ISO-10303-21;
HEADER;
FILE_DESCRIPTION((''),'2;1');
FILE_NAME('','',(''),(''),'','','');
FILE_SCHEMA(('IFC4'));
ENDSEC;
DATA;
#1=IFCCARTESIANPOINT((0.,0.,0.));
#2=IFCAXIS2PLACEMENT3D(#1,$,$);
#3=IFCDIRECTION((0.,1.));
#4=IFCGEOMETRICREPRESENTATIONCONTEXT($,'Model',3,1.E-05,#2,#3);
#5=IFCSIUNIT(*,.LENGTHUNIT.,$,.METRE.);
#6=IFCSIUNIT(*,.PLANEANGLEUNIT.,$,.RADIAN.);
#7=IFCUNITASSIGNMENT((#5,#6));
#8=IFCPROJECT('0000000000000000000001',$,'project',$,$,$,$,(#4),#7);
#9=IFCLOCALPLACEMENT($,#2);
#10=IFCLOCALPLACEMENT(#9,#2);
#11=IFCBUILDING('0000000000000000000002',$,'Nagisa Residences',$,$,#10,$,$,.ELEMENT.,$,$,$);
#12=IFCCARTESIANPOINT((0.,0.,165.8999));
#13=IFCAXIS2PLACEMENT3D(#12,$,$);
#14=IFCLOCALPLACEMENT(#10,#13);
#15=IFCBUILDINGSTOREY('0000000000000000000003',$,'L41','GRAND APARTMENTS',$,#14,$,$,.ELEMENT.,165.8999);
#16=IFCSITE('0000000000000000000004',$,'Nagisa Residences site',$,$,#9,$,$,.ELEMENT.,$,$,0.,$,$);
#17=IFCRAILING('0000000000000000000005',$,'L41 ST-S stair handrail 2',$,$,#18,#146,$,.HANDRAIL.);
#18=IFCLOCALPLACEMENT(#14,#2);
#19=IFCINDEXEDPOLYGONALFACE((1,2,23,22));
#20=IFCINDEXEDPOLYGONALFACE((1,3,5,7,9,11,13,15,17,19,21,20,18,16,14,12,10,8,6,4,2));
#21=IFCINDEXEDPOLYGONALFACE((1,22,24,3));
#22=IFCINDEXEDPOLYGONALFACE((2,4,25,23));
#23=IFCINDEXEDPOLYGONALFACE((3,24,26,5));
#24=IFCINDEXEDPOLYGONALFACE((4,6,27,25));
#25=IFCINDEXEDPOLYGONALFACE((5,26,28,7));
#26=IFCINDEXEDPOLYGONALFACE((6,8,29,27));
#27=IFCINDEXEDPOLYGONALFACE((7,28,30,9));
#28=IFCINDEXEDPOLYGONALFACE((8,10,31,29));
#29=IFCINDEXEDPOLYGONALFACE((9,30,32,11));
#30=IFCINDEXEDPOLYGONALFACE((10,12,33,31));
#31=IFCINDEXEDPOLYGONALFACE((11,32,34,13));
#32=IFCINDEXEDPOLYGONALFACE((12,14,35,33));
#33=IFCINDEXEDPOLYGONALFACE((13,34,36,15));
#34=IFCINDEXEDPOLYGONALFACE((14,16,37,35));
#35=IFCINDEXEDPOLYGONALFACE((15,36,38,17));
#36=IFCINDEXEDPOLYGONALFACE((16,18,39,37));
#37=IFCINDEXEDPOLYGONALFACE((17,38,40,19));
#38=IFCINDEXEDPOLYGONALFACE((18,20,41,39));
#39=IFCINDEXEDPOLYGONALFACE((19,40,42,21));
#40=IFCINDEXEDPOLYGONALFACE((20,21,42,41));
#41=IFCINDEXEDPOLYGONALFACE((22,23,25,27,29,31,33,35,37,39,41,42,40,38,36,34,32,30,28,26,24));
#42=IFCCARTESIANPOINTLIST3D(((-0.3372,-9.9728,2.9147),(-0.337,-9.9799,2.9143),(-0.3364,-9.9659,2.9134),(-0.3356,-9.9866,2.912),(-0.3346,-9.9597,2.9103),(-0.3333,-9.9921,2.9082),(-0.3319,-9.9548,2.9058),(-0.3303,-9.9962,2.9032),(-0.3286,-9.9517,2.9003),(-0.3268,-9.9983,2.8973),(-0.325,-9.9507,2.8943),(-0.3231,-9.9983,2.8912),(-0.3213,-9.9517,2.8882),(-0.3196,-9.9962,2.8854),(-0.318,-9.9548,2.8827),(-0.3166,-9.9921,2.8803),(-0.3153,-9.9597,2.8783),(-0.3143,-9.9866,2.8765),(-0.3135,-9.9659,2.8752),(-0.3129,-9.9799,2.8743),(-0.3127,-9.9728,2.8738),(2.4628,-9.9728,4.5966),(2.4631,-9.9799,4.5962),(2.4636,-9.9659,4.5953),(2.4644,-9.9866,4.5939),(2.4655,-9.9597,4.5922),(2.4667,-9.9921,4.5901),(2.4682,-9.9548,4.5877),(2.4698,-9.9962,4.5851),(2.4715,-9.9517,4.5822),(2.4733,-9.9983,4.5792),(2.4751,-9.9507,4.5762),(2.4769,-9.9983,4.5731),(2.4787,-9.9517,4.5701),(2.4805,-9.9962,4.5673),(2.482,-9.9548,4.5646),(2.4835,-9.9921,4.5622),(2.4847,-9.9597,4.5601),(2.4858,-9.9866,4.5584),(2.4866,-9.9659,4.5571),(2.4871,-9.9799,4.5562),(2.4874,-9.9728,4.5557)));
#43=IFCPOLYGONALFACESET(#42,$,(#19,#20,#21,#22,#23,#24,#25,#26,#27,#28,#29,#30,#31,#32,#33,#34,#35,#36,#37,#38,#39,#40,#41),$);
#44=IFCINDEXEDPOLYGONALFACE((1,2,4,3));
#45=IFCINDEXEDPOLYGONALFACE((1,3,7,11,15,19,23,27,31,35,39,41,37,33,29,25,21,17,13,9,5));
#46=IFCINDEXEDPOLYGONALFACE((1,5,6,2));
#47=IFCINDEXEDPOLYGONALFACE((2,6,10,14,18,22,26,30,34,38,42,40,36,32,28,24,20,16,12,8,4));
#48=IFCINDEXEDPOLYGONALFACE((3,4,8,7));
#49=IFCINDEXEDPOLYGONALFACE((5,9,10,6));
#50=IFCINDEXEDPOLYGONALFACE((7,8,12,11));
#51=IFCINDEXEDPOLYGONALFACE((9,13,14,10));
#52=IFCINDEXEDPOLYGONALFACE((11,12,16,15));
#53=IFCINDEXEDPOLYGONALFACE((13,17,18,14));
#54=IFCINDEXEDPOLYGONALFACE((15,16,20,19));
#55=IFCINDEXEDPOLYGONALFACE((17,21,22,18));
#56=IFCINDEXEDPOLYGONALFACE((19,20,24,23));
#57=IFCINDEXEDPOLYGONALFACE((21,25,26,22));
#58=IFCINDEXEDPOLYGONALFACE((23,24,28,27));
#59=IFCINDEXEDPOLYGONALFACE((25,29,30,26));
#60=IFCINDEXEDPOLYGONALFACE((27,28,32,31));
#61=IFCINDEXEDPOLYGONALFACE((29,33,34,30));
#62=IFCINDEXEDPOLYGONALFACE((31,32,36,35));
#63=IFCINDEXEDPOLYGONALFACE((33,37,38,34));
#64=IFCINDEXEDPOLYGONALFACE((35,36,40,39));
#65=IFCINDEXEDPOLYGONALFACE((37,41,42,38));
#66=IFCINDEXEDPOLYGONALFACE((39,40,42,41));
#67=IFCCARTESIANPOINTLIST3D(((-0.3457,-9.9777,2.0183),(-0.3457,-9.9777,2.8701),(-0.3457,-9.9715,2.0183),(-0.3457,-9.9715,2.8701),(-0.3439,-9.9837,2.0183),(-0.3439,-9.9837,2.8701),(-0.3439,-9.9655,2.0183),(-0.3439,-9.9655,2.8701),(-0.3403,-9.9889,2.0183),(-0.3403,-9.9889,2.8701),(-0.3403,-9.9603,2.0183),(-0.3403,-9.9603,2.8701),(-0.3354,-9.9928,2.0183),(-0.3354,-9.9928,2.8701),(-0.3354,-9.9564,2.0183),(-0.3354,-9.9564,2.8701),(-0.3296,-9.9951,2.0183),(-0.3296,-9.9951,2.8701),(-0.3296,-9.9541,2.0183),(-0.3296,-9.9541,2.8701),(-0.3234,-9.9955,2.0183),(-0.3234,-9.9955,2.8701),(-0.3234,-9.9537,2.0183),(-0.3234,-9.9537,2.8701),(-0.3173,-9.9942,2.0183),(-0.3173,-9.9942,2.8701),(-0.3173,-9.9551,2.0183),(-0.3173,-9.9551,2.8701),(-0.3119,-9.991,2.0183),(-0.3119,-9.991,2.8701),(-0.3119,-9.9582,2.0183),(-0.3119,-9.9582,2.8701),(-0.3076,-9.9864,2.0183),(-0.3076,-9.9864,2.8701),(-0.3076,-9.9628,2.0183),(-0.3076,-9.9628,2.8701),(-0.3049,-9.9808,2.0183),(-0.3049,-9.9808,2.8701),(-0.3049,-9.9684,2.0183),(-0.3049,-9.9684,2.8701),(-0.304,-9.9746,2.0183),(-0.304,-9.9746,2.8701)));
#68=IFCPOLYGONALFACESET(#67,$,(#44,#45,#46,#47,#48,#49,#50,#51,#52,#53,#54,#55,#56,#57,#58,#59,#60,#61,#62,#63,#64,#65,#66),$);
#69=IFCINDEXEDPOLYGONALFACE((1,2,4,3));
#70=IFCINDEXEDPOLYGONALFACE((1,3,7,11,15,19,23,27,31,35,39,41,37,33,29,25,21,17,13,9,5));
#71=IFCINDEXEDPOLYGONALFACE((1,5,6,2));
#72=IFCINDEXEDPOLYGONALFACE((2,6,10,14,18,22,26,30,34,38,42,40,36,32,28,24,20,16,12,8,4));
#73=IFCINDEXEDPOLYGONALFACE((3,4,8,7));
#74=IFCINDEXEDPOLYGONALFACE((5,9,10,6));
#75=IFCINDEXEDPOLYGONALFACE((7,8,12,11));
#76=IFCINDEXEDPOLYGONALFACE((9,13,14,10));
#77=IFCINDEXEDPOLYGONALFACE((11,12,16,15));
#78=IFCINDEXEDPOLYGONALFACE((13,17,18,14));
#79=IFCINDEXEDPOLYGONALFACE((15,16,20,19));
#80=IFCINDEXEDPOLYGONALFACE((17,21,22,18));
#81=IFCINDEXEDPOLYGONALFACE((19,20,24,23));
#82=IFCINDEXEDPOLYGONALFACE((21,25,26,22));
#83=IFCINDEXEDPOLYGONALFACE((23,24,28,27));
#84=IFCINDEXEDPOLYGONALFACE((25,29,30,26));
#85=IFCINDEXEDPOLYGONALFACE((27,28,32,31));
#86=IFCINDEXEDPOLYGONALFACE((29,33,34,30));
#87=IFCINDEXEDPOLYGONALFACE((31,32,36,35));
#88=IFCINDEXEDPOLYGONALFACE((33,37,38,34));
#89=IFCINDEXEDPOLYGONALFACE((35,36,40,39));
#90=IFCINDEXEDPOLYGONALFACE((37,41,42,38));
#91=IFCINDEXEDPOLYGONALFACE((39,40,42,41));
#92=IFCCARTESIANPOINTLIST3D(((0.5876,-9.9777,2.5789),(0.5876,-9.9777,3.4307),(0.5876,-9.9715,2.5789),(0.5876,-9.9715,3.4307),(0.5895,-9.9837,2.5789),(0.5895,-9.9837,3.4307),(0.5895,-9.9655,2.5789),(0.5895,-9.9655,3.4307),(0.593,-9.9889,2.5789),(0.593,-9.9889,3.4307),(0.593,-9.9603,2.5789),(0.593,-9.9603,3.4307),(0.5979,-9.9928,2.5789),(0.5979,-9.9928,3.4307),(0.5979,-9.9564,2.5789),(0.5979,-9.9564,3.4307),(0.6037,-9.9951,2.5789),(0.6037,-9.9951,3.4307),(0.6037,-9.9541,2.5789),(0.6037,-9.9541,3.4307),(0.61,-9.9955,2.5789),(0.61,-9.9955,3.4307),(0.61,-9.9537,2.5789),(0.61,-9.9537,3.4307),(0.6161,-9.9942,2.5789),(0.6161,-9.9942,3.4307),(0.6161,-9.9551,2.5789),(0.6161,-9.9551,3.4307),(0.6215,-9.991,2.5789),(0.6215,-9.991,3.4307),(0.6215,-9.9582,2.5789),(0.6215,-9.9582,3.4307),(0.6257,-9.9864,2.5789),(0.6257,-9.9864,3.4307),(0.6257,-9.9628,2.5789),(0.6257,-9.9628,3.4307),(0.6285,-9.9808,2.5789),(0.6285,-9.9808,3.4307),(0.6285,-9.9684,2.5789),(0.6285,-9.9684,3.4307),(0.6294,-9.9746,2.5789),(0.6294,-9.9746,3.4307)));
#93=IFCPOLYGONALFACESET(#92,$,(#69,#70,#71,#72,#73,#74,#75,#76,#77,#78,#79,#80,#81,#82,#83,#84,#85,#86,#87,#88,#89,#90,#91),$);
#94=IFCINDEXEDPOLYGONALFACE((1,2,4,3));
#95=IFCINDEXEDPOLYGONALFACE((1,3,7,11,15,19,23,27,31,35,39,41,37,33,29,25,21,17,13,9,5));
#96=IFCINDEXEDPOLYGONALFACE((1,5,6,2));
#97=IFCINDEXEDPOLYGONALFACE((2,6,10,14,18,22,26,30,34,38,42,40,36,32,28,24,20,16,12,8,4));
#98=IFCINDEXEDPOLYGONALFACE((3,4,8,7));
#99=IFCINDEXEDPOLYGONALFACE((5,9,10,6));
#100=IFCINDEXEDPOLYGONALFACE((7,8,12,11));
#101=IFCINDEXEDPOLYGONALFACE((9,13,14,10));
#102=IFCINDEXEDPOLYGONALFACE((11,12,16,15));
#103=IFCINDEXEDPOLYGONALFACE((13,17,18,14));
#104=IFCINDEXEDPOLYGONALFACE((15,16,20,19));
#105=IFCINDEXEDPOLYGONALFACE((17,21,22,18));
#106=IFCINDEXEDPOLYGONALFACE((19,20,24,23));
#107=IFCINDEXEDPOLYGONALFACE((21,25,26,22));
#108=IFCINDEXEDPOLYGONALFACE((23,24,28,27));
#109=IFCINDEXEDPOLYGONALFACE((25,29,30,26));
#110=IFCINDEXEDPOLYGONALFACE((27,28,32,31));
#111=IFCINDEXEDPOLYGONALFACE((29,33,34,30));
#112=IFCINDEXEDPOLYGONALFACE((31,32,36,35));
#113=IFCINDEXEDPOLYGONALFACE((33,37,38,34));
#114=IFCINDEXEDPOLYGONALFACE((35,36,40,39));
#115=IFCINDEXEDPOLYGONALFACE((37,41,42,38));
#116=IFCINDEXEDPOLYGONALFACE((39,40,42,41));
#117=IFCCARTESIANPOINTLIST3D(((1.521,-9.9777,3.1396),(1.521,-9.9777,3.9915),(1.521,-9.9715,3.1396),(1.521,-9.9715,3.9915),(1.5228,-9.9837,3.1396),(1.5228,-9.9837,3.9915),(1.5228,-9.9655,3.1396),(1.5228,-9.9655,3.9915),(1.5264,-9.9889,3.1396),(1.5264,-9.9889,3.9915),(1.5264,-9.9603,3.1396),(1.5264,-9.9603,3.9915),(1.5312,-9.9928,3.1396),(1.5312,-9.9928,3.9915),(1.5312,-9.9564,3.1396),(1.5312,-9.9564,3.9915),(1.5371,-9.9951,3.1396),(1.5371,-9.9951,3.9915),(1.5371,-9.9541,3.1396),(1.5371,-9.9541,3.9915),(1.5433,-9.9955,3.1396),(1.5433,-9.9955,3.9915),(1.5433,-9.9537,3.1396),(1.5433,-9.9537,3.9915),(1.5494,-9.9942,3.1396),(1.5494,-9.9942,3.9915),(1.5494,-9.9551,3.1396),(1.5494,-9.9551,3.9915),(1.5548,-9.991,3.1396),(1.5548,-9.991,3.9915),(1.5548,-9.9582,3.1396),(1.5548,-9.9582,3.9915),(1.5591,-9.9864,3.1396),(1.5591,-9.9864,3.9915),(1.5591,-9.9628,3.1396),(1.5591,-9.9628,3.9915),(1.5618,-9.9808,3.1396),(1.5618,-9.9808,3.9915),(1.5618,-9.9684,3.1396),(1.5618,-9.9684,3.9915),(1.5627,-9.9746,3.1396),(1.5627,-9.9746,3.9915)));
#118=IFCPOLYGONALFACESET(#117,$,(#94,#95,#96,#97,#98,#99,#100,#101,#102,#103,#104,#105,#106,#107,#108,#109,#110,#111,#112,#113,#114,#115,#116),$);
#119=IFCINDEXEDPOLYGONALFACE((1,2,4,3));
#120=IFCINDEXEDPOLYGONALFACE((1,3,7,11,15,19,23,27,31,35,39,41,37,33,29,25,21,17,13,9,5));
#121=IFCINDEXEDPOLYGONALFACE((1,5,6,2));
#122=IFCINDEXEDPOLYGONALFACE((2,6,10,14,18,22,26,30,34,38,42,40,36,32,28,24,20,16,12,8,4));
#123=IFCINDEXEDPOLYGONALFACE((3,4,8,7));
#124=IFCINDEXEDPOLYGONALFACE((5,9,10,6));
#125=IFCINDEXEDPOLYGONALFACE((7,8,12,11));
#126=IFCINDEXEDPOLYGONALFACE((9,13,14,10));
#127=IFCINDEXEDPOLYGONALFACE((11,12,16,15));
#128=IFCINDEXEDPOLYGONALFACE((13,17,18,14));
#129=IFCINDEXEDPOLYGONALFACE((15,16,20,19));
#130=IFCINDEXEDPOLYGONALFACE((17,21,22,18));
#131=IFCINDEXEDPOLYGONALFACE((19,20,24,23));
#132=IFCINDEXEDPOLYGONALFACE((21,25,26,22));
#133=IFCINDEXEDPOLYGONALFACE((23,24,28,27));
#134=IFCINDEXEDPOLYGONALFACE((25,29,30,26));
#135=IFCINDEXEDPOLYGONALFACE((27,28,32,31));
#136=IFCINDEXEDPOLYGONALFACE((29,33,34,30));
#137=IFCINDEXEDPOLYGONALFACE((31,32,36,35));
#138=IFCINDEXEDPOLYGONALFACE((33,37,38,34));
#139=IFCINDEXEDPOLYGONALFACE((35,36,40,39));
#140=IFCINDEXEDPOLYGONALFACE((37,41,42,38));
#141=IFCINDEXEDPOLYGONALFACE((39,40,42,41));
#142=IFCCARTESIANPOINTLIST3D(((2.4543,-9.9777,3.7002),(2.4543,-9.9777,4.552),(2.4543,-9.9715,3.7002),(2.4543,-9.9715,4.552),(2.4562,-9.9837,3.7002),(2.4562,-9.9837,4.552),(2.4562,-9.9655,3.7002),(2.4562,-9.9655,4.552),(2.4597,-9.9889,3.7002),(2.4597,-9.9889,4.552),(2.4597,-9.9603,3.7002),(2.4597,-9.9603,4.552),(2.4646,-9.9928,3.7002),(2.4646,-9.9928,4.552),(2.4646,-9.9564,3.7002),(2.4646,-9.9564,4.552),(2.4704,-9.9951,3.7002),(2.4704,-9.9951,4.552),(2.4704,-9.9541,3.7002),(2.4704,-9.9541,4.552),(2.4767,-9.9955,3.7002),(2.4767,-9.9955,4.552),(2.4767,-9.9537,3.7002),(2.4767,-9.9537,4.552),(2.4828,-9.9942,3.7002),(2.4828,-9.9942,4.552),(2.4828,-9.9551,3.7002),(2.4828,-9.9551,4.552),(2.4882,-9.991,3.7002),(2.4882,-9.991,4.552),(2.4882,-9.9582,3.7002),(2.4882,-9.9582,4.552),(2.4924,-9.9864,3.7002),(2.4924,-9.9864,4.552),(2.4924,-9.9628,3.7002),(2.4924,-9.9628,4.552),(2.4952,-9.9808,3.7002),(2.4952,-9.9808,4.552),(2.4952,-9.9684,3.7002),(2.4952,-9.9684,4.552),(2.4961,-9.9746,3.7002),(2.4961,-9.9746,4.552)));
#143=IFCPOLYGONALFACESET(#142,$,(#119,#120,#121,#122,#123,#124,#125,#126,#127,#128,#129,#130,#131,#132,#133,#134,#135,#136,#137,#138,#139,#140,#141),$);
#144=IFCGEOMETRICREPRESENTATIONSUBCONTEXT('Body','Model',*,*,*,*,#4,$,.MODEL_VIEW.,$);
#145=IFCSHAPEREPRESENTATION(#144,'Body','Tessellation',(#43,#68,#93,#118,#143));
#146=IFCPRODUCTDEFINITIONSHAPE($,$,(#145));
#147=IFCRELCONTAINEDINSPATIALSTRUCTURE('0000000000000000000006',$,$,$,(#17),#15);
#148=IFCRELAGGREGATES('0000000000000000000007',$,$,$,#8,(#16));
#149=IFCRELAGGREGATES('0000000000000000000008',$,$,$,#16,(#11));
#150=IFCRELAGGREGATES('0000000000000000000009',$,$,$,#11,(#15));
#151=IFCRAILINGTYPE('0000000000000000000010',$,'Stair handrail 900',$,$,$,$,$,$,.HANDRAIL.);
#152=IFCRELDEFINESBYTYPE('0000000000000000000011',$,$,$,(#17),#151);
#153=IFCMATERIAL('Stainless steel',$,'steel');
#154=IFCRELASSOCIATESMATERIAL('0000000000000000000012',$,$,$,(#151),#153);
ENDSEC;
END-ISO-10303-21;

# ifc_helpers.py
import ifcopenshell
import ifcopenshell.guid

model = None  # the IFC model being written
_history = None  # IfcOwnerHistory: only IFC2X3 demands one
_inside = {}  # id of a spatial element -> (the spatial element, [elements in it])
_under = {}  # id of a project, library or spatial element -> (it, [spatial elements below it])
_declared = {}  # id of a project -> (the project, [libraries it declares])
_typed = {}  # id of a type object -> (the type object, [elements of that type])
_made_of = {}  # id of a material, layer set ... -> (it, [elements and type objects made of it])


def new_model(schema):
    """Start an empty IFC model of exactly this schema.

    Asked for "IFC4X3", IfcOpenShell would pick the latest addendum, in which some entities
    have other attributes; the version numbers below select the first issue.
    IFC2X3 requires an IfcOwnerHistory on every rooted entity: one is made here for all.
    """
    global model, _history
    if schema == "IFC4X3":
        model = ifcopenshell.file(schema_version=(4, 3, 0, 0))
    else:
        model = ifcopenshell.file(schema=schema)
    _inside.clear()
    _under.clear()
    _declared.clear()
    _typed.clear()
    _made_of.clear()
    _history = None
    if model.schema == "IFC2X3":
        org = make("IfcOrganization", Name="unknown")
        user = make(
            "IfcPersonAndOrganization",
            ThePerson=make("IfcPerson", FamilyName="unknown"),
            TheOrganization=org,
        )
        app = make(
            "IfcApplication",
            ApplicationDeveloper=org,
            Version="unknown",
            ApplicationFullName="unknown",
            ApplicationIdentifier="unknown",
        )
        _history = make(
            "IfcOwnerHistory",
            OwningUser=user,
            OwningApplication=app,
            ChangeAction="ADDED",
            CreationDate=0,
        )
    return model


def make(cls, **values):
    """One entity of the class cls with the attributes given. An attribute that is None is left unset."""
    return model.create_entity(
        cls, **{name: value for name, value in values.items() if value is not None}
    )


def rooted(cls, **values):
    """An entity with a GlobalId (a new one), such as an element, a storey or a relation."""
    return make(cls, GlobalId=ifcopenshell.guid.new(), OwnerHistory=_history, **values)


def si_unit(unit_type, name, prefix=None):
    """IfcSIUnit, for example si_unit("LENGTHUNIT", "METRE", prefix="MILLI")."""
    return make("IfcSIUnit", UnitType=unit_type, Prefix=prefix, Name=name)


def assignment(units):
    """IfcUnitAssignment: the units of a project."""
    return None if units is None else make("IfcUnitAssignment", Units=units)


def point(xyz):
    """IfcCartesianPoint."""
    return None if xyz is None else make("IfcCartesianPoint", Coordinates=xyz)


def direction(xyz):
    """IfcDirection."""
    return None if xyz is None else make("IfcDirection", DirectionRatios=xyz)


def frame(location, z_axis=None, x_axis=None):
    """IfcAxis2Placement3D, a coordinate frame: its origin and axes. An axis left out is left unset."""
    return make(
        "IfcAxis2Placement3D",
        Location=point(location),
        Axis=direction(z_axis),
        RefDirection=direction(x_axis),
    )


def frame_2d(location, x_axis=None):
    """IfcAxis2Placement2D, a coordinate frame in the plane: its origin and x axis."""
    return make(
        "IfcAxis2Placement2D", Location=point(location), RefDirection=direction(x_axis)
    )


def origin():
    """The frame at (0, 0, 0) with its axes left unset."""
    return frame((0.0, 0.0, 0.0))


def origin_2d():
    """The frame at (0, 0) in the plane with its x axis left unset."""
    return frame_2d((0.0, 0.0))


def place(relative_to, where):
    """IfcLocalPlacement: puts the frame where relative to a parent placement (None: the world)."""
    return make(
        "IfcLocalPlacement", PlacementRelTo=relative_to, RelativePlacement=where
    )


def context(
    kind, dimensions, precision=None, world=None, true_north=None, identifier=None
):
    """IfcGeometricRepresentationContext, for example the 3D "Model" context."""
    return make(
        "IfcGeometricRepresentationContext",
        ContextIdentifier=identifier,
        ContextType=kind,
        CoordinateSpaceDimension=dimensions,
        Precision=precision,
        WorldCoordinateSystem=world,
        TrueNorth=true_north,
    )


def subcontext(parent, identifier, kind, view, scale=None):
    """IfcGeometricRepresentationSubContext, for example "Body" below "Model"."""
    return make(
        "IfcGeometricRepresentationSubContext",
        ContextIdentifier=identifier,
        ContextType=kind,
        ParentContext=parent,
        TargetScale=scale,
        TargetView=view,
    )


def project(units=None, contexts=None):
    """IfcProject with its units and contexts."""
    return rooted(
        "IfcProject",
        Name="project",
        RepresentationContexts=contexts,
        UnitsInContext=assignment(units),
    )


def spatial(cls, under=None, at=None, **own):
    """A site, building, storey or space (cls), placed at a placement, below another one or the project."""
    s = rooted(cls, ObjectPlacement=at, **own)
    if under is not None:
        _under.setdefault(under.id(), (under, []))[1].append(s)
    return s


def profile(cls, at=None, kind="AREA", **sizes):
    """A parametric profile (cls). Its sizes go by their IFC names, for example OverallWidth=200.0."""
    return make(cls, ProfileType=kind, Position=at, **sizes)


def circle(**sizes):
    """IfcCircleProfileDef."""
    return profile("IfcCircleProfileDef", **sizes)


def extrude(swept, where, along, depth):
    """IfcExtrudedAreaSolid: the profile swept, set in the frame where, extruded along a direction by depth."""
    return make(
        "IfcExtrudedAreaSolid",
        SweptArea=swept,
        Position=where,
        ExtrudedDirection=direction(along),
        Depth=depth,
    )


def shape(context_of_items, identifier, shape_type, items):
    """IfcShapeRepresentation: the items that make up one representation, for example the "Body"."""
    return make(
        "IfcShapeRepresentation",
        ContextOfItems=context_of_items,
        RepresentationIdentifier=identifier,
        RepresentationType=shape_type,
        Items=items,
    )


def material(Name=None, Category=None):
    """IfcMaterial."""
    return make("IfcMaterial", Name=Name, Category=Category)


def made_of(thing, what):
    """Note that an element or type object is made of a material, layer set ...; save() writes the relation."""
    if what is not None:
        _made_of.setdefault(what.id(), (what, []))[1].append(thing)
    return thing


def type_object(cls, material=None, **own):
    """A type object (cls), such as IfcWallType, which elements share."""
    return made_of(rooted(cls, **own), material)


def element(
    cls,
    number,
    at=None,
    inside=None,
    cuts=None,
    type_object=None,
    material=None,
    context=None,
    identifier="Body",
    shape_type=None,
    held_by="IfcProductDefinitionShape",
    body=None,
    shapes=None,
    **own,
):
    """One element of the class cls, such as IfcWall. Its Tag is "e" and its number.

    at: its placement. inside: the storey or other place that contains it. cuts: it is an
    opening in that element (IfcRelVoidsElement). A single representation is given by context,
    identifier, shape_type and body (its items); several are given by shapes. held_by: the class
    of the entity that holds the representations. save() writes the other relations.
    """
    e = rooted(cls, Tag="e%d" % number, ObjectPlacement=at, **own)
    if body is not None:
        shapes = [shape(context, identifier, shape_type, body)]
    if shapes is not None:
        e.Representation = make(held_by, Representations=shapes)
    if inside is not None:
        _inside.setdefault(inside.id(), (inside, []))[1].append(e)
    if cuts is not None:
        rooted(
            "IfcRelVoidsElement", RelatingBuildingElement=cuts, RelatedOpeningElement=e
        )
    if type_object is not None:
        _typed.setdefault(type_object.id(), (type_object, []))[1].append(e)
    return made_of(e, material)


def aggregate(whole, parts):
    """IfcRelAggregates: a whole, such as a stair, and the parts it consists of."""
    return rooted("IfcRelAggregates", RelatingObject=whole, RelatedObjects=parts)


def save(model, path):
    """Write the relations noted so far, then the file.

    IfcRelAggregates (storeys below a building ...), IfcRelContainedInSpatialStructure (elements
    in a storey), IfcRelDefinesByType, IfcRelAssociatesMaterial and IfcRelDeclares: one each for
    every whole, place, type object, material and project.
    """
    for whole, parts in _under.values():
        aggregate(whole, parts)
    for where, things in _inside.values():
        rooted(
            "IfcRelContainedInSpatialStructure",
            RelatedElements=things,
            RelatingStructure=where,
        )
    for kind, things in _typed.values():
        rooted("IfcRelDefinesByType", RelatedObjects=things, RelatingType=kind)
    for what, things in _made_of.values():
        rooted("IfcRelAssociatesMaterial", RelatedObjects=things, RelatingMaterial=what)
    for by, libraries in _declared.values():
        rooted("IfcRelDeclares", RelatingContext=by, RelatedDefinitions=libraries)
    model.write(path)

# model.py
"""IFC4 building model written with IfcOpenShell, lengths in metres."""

from ifc_helpers import new_model, si_unit, direction, frame, origin, origin_2d, place, context, subcontext, project, spatial, circle, extrude, material, type_object, element, save


model = new_model("IFC4")

# Units and contexts
model_context = context("Model", 3, precision=1e-05, world=origin(), true_north=direction((0.0, 1.0)))
body_context = subcontext(model_context, "Body", "Model", "MODEL_VIEW")
ifc_project = project(units=[si_unit("LENGTHUNIT", "METRE"), si_unit("PLANEANGLEUNIT", "RADIAN")], contexts=[model_context])

# Site, building, storey
site_placement = place(None, origin())
site = spatial("IfcSite", under=ifc_project, at=site_placement, Name="Nagisa Residences site", CompositionType="ELEMENT", RefElevation=0.0)
building_placement = place(site_placement, origin())
building = spatial("IfcBuilding", under=site, at=building_placement, Name="Nagisa Residences", CompositionType="ELEMENT")
storey_placement = place(building_placement, frame((0.0, 0.0, 165.8999)))
storey = spatial("IfcBuildingStorey", under=building, at=storey_placement, Name="L41", Description="GRAND APARTMENTS", CompositionType="ELEMENT", Elevation=165.8999)

# Railing
ifc_material_1 = material(Name="Stainless steel", Category="steel")
railing_type = type_object("IfcRailingType", Name="Stair handrail 900", PredefinedType="HANDRAIL", material=ifc_material_1)
railing_placement = place(storey_placement, frame((-0.325, -9.9746, 2.0183)))
element("IfcRailing", 1, at=railing_placement, inside=storey, type_object=railing_type, Name="L41 ST-S stair handrail 2", PredefinedType="HANDRAIL", context=body_context, shape_type="SweptSolid", body=[
    extrude(circle(Radius=0.0239, at=origin_2d()), frame((0.0, 0.0, 0.876), z_axis=(0.857242, 0.0, 0.514913), x_axis=(0.0, 1.0, 0.0)), (0.0, 0.0, 1.0), 3.2664),
    extrude(circle(Radius=0.021, at=origin_2d()), origin(), (0.0, 0.0, 1.0), 0.8518),
    extrude(circle(Radius=0.021, at=origin_2d()), frame((0.9333, 0.0, 0.5605)), (0.0, 0.0, 1.0), 0.8518),
    extrude(circle(Radius=0.021, at=origin_2d()), frame((1.8667, 0.0, 1.1213)), (0.0, 0.0, 1.0), 0.8518),
    extrude(circle(Radius=0.021, at=origin_2d()), frame((2.8, 0.0, 1.6819)), (0.0, 0.0, 1.0), 0.8518),
])

save(model, "model.ifc")
